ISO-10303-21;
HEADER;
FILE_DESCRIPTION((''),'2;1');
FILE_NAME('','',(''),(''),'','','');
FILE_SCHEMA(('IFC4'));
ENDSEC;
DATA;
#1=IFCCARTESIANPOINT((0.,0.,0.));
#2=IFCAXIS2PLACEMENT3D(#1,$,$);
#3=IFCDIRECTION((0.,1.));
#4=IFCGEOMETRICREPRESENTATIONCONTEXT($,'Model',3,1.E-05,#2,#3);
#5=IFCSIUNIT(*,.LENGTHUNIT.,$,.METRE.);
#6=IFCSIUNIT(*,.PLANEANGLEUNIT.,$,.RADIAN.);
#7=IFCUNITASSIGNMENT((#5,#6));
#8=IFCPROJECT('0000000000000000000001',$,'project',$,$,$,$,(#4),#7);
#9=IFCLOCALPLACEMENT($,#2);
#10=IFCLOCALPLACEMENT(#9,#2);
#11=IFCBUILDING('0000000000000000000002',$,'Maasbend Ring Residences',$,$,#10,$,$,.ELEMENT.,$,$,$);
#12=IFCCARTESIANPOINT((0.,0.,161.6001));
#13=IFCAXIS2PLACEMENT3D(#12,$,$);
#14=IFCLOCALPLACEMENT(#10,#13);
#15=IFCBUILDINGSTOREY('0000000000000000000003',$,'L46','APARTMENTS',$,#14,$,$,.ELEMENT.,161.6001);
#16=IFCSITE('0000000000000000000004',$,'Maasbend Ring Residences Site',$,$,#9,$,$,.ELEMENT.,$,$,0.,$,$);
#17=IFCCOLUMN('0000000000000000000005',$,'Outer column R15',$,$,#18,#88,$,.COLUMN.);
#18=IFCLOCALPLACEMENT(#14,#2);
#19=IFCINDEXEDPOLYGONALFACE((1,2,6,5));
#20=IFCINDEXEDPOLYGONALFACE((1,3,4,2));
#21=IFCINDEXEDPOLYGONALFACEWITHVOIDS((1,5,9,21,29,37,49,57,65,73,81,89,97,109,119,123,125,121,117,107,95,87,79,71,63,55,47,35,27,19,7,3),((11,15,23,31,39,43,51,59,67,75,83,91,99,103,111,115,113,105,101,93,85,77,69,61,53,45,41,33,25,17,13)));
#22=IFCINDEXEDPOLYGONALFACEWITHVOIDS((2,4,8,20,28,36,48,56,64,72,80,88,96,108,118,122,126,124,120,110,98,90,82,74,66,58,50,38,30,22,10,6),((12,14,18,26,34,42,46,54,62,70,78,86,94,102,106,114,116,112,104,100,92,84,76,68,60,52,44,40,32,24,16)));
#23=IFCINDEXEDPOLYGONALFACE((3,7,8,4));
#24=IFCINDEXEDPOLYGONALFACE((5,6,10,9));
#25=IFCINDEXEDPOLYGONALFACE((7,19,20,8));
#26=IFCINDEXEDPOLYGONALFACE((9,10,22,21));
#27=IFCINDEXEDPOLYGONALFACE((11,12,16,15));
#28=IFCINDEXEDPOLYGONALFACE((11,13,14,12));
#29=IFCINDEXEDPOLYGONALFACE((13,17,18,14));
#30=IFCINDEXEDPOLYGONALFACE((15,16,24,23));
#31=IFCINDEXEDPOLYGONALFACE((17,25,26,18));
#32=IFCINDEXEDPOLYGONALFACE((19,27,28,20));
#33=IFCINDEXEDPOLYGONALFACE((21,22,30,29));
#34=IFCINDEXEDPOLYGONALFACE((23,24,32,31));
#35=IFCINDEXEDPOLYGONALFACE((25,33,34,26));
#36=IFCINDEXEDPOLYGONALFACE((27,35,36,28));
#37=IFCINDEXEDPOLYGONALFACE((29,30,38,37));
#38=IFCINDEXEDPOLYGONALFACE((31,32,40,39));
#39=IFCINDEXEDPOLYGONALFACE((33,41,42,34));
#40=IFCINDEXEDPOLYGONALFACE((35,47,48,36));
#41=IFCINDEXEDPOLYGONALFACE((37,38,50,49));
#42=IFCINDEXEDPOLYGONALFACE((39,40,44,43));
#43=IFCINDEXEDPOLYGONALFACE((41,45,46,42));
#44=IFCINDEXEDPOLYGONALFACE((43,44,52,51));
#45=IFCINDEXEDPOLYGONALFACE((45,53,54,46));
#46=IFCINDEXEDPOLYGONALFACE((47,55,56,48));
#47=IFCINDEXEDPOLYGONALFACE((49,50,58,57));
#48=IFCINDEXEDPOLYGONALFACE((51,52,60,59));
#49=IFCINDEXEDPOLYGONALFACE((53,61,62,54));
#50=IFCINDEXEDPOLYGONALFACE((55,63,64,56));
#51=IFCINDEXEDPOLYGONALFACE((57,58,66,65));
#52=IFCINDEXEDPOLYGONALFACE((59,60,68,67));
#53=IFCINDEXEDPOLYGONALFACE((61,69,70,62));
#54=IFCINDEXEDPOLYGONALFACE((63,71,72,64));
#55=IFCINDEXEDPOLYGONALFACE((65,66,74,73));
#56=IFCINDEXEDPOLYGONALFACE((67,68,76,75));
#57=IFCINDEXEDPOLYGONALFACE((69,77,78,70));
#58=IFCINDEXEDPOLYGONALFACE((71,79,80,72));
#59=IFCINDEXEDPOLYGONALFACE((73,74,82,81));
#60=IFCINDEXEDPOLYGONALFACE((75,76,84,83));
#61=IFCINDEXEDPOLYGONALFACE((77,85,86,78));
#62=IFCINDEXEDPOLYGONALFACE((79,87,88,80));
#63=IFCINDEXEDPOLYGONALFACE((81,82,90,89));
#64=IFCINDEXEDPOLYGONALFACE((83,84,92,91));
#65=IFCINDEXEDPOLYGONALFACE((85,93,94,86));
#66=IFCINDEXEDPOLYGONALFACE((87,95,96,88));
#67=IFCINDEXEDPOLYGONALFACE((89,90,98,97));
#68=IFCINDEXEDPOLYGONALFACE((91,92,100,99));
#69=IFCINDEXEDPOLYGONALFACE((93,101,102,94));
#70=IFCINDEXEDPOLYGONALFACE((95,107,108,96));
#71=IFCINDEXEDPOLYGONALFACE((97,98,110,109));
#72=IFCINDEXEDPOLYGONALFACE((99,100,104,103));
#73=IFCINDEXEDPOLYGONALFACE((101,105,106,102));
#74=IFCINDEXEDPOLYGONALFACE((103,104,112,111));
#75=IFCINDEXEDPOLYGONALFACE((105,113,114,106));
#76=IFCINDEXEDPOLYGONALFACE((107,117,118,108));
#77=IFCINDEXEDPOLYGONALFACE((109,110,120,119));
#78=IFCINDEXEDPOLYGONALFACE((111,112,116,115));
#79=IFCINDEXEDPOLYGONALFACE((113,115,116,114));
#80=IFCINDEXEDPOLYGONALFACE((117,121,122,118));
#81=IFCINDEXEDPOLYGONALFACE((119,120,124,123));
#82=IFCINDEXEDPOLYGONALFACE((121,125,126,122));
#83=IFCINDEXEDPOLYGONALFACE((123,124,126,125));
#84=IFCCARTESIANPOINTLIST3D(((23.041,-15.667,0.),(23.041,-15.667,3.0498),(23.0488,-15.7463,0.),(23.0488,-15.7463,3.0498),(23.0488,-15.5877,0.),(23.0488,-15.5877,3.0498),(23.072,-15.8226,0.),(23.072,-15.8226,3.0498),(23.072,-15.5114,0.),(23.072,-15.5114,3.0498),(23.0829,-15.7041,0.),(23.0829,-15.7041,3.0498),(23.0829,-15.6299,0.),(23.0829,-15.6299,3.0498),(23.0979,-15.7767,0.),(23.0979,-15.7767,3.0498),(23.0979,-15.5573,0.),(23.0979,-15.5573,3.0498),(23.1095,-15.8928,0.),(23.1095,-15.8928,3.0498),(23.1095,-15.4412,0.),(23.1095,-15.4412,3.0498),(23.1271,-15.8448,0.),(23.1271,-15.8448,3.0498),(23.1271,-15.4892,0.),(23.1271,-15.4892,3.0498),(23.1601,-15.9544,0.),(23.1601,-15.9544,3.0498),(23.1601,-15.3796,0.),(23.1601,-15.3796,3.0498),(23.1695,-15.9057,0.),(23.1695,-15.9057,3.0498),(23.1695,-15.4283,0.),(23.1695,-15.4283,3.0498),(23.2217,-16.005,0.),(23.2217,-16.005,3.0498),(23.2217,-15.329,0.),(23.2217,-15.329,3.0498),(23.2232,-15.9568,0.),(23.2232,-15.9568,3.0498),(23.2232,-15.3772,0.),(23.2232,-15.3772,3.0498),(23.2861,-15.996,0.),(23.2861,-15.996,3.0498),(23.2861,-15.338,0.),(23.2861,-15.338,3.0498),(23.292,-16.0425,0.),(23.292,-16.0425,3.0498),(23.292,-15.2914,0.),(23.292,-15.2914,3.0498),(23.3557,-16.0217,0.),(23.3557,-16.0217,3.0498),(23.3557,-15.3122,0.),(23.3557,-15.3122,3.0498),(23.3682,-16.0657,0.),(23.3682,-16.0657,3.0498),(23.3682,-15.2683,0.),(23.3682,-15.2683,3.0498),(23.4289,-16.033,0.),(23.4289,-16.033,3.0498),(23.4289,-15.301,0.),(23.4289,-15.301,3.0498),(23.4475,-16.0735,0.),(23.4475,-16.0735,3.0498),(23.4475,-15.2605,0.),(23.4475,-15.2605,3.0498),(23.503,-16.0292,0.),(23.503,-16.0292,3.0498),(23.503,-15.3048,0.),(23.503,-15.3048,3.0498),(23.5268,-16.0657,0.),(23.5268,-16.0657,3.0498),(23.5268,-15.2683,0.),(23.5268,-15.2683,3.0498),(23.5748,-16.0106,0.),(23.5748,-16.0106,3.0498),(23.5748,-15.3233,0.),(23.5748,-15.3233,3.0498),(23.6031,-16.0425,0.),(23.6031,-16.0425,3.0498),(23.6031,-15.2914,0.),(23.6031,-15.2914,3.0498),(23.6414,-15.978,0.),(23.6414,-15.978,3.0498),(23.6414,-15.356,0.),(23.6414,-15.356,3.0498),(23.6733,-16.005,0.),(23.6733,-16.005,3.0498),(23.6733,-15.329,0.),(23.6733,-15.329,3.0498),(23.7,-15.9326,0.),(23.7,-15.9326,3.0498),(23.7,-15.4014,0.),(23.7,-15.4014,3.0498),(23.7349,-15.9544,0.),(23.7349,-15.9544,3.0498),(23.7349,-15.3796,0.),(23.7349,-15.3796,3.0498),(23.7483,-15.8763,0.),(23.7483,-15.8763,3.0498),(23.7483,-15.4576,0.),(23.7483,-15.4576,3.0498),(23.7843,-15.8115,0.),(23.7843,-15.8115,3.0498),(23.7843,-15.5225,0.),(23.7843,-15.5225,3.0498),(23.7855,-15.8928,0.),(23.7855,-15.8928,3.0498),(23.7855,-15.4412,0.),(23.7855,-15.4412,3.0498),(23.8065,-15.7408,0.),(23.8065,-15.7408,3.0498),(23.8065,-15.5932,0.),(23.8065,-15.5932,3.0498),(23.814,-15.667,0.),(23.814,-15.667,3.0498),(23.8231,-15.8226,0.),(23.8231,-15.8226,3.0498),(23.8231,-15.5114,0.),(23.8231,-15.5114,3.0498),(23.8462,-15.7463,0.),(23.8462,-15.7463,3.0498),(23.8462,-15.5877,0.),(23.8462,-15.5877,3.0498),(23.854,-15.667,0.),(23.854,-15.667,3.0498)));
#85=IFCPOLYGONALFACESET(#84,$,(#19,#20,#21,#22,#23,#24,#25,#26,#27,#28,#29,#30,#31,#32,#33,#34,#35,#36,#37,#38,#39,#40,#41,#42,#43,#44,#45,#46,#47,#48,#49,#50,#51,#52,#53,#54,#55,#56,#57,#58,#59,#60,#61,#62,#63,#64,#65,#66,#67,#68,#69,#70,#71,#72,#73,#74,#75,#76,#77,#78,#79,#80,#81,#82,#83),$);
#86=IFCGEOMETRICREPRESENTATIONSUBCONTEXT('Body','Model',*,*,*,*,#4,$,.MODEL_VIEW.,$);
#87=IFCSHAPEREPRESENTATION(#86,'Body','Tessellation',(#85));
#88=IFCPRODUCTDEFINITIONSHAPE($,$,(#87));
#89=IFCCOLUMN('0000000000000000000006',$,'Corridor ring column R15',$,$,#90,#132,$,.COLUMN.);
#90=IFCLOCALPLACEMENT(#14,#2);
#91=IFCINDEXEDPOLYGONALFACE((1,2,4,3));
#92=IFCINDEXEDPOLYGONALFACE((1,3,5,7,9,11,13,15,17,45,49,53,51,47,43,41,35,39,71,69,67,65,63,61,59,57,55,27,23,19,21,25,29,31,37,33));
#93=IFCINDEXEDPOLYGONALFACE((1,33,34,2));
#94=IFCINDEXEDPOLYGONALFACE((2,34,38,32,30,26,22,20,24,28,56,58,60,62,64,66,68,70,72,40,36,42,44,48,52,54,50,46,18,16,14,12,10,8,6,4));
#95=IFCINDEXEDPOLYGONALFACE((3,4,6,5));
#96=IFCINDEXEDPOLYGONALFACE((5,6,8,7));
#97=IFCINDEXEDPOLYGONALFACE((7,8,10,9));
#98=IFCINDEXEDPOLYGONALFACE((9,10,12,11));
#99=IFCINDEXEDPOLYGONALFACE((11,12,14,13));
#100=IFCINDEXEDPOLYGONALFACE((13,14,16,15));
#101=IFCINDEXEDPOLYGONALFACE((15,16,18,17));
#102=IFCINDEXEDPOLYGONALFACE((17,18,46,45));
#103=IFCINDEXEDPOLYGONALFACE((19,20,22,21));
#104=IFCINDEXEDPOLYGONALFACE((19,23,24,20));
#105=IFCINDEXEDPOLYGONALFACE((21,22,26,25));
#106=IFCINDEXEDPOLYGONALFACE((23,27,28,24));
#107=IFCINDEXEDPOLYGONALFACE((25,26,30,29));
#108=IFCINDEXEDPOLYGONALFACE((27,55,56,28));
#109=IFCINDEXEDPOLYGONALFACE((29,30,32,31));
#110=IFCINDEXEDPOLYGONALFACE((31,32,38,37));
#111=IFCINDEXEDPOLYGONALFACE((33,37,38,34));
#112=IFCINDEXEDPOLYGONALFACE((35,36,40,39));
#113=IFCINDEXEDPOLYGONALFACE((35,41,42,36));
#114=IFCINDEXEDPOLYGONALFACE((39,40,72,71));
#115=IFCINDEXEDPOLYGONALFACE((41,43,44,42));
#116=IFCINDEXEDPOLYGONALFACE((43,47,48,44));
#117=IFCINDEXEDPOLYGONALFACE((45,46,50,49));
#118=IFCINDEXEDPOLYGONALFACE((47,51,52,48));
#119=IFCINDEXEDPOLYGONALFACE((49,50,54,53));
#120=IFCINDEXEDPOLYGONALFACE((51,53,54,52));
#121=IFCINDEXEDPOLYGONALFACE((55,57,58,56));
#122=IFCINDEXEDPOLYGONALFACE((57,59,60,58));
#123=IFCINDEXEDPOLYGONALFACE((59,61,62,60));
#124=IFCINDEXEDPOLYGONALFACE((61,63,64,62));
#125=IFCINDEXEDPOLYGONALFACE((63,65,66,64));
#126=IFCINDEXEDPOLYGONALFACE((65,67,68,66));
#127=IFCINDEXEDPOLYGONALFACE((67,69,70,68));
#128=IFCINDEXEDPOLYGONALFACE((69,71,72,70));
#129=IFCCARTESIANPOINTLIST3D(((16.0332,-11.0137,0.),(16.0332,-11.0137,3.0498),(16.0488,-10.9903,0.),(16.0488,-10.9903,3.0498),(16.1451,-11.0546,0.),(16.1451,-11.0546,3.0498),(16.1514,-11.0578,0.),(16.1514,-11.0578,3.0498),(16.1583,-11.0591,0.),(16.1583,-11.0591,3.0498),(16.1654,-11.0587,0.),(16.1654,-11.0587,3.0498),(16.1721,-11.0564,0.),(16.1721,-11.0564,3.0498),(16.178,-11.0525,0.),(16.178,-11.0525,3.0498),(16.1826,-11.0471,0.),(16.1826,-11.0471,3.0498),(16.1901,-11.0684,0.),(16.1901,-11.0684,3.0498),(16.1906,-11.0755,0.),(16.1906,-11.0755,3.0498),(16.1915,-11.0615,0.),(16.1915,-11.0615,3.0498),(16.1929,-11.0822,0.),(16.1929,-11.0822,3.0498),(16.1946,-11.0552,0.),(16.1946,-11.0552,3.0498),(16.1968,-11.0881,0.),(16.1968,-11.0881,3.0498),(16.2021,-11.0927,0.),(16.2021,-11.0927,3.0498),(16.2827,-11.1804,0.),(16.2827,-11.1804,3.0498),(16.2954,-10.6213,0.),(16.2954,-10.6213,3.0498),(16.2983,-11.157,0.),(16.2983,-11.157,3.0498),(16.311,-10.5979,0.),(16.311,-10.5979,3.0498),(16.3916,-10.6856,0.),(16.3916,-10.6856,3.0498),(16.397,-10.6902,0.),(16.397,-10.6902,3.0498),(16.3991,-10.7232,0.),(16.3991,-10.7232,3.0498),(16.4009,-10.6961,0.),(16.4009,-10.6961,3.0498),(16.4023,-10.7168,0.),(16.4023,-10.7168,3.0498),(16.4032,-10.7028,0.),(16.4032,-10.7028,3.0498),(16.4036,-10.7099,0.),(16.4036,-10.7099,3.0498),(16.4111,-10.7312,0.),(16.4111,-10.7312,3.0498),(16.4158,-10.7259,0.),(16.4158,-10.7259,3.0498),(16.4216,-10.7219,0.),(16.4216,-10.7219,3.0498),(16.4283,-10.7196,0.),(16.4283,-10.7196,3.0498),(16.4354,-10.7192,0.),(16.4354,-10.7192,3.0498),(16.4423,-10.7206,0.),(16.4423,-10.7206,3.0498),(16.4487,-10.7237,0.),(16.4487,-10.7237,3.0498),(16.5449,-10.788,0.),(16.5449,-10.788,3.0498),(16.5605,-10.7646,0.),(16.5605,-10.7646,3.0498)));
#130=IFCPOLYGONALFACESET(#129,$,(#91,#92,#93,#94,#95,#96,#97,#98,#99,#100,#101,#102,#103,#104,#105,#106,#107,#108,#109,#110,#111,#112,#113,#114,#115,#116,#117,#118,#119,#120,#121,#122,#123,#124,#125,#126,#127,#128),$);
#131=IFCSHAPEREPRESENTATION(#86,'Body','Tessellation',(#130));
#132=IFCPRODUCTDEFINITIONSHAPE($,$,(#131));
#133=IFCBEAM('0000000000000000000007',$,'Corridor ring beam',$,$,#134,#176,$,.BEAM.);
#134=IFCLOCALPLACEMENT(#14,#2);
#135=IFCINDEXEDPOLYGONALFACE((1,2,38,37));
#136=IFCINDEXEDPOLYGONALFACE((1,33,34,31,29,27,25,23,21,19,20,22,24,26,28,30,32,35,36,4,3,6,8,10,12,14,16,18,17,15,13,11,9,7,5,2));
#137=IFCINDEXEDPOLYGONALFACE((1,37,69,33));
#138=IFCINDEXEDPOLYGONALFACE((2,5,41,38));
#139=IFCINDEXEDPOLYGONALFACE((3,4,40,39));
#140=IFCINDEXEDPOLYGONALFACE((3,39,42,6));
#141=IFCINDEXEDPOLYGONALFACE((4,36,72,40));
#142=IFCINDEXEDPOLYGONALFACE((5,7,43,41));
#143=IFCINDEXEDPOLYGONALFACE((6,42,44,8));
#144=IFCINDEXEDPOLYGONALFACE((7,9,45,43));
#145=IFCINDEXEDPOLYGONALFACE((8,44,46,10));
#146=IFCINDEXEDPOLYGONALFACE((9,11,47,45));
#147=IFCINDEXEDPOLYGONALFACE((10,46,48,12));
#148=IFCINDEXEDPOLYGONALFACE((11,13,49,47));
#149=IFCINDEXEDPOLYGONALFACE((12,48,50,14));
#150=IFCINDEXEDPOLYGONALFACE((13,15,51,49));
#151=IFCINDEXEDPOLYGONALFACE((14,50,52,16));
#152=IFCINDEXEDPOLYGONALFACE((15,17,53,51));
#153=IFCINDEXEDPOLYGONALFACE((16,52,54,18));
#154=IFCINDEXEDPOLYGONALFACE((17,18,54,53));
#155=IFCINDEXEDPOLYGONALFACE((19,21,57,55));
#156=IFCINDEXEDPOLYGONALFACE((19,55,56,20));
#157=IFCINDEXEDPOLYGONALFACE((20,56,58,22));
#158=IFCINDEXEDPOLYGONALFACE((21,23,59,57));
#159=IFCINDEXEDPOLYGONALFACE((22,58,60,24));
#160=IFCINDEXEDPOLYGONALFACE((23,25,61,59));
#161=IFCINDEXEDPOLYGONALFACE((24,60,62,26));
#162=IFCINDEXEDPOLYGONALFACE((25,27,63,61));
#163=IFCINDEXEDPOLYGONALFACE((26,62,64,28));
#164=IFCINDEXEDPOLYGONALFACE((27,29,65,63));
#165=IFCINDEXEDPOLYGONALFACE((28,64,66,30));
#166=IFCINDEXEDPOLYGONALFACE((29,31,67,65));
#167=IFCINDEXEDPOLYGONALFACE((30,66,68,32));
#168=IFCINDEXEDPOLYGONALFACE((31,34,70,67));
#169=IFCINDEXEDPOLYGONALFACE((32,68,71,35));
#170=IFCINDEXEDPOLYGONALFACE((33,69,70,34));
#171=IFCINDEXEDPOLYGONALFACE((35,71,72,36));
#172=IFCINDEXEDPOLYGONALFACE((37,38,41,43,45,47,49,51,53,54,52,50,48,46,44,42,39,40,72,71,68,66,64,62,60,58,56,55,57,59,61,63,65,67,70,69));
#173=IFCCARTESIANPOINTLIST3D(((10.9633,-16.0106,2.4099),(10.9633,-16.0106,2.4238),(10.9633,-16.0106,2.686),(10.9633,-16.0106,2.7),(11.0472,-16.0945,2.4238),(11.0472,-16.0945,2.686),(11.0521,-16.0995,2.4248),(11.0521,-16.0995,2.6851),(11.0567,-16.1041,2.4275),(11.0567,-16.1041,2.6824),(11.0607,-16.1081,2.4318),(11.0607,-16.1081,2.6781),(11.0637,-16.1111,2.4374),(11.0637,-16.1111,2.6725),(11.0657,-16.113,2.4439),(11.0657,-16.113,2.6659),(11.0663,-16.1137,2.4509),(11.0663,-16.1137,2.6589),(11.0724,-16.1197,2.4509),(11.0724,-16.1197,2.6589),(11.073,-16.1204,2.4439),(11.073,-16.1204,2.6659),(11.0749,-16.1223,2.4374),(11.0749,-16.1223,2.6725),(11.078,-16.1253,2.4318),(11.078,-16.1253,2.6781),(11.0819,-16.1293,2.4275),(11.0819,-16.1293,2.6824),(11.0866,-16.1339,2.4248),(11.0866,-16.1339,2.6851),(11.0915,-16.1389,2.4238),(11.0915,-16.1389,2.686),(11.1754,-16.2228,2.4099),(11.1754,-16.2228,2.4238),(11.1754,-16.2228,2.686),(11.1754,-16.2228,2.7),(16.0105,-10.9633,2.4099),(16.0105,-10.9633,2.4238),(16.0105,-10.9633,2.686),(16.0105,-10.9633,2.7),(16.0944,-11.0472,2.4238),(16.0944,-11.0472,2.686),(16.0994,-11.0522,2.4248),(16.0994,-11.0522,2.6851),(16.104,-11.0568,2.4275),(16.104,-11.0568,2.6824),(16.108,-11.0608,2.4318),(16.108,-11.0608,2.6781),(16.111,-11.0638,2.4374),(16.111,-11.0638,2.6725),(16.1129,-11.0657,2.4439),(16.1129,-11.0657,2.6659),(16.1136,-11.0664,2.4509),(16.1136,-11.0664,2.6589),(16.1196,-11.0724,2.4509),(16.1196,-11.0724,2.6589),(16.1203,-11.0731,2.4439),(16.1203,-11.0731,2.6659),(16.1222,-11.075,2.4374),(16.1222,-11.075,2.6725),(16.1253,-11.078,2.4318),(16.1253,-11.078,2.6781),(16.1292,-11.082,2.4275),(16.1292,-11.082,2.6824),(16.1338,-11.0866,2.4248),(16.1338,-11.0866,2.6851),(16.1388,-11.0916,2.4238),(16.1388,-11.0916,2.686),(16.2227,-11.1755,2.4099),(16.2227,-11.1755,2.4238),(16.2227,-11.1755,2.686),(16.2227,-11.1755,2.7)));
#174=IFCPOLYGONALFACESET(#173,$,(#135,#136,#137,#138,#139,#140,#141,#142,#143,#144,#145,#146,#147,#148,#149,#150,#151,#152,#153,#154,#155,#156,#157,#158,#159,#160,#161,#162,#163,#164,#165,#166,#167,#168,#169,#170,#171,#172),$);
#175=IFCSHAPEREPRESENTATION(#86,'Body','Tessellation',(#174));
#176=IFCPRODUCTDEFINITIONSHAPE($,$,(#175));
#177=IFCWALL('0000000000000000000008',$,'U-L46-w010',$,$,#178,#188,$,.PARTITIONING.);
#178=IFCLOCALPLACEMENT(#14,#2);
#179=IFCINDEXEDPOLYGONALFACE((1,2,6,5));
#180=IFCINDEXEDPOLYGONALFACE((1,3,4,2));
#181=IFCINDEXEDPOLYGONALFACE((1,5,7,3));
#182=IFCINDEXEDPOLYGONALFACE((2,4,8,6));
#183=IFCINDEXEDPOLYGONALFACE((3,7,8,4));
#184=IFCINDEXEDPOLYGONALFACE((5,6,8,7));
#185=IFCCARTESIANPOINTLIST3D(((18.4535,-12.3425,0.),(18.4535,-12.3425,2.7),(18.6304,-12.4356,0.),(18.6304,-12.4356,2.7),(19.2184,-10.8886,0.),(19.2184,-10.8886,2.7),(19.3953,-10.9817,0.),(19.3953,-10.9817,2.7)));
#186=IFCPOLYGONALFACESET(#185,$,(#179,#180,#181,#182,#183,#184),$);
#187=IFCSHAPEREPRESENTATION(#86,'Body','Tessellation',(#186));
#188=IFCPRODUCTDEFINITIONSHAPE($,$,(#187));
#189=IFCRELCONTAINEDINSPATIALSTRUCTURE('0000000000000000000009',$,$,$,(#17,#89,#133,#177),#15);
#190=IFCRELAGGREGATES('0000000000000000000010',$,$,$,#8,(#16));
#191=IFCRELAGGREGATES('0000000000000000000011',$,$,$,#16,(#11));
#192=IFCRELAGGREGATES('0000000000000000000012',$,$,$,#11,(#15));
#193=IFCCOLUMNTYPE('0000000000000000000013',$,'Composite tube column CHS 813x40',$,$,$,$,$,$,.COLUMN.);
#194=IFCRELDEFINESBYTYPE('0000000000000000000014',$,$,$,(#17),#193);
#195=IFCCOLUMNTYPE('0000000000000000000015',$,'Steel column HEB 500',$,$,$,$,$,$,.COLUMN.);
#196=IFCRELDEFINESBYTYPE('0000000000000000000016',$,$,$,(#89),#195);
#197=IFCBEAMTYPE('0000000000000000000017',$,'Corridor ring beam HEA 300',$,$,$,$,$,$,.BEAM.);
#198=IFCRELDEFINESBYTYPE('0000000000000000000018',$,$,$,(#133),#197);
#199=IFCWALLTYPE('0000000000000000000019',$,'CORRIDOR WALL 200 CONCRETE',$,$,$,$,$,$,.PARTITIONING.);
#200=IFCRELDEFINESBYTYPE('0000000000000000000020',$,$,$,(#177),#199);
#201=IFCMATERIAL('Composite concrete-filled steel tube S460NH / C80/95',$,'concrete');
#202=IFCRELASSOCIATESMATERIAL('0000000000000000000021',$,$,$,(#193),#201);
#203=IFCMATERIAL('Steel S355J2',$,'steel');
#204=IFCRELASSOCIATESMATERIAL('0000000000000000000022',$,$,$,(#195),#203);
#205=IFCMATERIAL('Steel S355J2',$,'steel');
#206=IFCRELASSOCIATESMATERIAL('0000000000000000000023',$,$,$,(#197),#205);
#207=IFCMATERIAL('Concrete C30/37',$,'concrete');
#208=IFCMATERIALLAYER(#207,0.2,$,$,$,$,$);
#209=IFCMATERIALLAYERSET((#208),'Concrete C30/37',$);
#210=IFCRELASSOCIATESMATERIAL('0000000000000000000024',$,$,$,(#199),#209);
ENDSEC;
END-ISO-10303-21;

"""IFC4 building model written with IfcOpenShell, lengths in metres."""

from ifc_helpers import new_model, si_unit, direction, frame, frame_2d, origin, origin_2d, place, context, subcontext, project, spatial, rectangle, hollow_circle, i_section, extrude, material, layer, layer_set, material_profile, profile_set, type_object, element, save


model = new_model("IFC4")

# Units and contexts
model_context = context("Model", 3, precision=1e-05, world=origin(), true_north=direction((0.0, 1.0)))
body_context = subcontext(model_context, "Body", "Model", "MODEL_VIEW")
ifc_project = project(units=[si_unit("LENGTHUNIT", "METRE"), si_unit("PLANEANGLEUNIT", "RADIAN")], contexts=[model_context])

# Site, building, storey
site_placement = place(None, origin())
site = spatial("IfcSite", under=ifc_project, at=site_placement, Name="Maasbend Ring Residences Site", CompositionType="ELEMENT", RefElevation=0.0)
building_placement = place(site_placement, origin())
building = spatial("IfcBuilding", under=site, at=building_placement, Name="Maasbend Ring Residences", CompositionType="ELEMENT")
storey_placement = place(building_placement, frame((0.0, 0.0, 161.6001)))
storey = spatial("IfcBuildingStorey", under=building, at=storey_placement, Name="L46", Description="APARTMENTS", CompositionType="ELEMENT", Elevation=161.6001)

# Columns
ifc_material_1 = material(Name="Composite concrete-filled steel tube S460NH / C80/95", Category="concrete")
ifc_material_profile_1 = material_profile(ifc_material_1, hollow_circle(Radius=0.4065, WallThickness=0.04, at=origin_2d()), Name="Composite tube column CHS 813x40")
ifc_profile_set_1 = profile_set([ifc_material_profile_1], Name="Composite concrete-filled steel tube S460NH / C80/95")
column_type_1 = type_object("IfcColumnType", Name="Composite tube column CHS 813x40", PredefinedType="COLUMN", material=ifc_profile_set_1)
column_1_placement = place(storey_placement, frame((23.4475, -15.667, 0.0), z_axis=(0.0, 0.0, 1.0), x_axis=(1.0, 0.0, 0.0)))
element("IfcColumn", 1, at=column_1_placement, inside=storey, type_object=column_type_1, Name="Outer column R15", PredefinedType="COLUMN", context=body_context, shape_type="SweptSolid", body=[
    extrude(hollow_circle(Radius=0.4065, WallThickness=0.04, at=origin_2d()), origin(), (0.0, 0.0, 1.0), 3.0498),
])
ifc_material_2 = material(Name="Steel S355J2", Category="steel")
ifc_material_profile_2 = material_profile(ifc_material_2, i_section(OverallWidth=0.3, OverallDepth=0.5, WebThickness=0.0144, FlangeThickness=0.0281, FilletRadius=0.0271, at=origin_2d()), Name="HEB 500")
ifc_profile_set_2 = profile_set([ifc_material_profile_2], Name="Steel S355J2")
column_type_2 = type_object("IfcColumnType", Name="Steel column HEB 500", PredefinedType="COLUMN", material=ifc_profile_set_2)
column_2_placement = place(storey_placement, frame((16.2969, -10.8892, 0.0), z_axis=(0.0, 0.0, 1.0), x_axis=(0.83147, -0.55557, 0.0)))
element("IfcColumn", 2, at=column_2_placement, inside=storey, type_object=column_type_2, Name="Corridor ring column R15", PredefinedType="COLUMN", context=body_context, shape_type="SweptSolid", body=[
    extrude(i_section(OverallWidth=0.3, OverallDepth=0.5, WebThickness=0.0144, FlangeThickness=0.0281, FilletRadius=0.0271, at=origin_2d()), origin(), (0.0, 0.0, 1.0), 3.0498),
])

# Beam
ifc_material_3 = material(Name="Steel S355J2", Category="steel")
ifc_material_profile_3 = material_profile(ifc_material_3, i_section(OverallWidth=0.3, OverallDepth=0.29, WebThickness=0.0085, FlangeThickness=0.0139, FilletRadius=0.0271, at=origin_2d()), Name="HEA 300")
ifc_profile_set_3 = profile_set([ifc_material_profile_3], Name="Steel S355J2")
beam_type = type_object("IfcBeamType", Name="Corridor ring beam HEA 300", PredefinedType="BEAM", material=ifc_profile_set_3)
beam_placement = place(storey_placement, frame((11.0693, -16.1167, 2.5549), z_axis=(0.707107, 0.707107, 0.0), x_axis=(-0.707107, 0.707107, 0.0)))
element("IfcBeam", 3, at=beam_placement, inside=storey, type_object=beam_type, Name="Corridor ring beam", PredefinedType="BEAM", context=body_context, shape_type="SweptSolid", body=[
    extrude(i_section(OverallWidth=0.3, OverallDepth=0.29, WebThickness=0.0085, FlangeThickness=0.0139, FilletRadius=0.0271, at=origin_2d()), origin(), (0.0, 0.0, 1.0), 7.1379),
])

# Wall
ifc_material_4 = material(Name="Concrete C30/37", Category="concrete")
ifc_layer_1 = layer(ifc_material_4, 0.2)
ifc_layer_set_1 = layer_set([ifc_layer_1], Name="Concrete C30/37")
wall_type_1 = type_object("IfcWallType", Name="CORRIDOR WALL 200 CONCRETE", PredefinedType="PARTITIONING", material=ifc_layer_set_1)
wall_1_placement = place(storey_placement, frame((18.542, -12.3889, 0.0), z_axis=(0.0, 0.0, 1.0), x_axis=(0.465606, 0.884992, 0.0)))
element("IfcWall", 4, at=wall_1_placement, inside=storey, type_object=wall_type_1, Name="U-L46-w010", PredefinedType="PARTITIONING", context=body_context, shape_type="SweptSolid", body=[
    extrude(rectangle(XDim=1.6428, YDim=0.2, at=frame_2d((0.8213, 0.0))), origin(), (0.0, 0.0, 1.0), 2.7),
])

save(model, "model.ifc")
